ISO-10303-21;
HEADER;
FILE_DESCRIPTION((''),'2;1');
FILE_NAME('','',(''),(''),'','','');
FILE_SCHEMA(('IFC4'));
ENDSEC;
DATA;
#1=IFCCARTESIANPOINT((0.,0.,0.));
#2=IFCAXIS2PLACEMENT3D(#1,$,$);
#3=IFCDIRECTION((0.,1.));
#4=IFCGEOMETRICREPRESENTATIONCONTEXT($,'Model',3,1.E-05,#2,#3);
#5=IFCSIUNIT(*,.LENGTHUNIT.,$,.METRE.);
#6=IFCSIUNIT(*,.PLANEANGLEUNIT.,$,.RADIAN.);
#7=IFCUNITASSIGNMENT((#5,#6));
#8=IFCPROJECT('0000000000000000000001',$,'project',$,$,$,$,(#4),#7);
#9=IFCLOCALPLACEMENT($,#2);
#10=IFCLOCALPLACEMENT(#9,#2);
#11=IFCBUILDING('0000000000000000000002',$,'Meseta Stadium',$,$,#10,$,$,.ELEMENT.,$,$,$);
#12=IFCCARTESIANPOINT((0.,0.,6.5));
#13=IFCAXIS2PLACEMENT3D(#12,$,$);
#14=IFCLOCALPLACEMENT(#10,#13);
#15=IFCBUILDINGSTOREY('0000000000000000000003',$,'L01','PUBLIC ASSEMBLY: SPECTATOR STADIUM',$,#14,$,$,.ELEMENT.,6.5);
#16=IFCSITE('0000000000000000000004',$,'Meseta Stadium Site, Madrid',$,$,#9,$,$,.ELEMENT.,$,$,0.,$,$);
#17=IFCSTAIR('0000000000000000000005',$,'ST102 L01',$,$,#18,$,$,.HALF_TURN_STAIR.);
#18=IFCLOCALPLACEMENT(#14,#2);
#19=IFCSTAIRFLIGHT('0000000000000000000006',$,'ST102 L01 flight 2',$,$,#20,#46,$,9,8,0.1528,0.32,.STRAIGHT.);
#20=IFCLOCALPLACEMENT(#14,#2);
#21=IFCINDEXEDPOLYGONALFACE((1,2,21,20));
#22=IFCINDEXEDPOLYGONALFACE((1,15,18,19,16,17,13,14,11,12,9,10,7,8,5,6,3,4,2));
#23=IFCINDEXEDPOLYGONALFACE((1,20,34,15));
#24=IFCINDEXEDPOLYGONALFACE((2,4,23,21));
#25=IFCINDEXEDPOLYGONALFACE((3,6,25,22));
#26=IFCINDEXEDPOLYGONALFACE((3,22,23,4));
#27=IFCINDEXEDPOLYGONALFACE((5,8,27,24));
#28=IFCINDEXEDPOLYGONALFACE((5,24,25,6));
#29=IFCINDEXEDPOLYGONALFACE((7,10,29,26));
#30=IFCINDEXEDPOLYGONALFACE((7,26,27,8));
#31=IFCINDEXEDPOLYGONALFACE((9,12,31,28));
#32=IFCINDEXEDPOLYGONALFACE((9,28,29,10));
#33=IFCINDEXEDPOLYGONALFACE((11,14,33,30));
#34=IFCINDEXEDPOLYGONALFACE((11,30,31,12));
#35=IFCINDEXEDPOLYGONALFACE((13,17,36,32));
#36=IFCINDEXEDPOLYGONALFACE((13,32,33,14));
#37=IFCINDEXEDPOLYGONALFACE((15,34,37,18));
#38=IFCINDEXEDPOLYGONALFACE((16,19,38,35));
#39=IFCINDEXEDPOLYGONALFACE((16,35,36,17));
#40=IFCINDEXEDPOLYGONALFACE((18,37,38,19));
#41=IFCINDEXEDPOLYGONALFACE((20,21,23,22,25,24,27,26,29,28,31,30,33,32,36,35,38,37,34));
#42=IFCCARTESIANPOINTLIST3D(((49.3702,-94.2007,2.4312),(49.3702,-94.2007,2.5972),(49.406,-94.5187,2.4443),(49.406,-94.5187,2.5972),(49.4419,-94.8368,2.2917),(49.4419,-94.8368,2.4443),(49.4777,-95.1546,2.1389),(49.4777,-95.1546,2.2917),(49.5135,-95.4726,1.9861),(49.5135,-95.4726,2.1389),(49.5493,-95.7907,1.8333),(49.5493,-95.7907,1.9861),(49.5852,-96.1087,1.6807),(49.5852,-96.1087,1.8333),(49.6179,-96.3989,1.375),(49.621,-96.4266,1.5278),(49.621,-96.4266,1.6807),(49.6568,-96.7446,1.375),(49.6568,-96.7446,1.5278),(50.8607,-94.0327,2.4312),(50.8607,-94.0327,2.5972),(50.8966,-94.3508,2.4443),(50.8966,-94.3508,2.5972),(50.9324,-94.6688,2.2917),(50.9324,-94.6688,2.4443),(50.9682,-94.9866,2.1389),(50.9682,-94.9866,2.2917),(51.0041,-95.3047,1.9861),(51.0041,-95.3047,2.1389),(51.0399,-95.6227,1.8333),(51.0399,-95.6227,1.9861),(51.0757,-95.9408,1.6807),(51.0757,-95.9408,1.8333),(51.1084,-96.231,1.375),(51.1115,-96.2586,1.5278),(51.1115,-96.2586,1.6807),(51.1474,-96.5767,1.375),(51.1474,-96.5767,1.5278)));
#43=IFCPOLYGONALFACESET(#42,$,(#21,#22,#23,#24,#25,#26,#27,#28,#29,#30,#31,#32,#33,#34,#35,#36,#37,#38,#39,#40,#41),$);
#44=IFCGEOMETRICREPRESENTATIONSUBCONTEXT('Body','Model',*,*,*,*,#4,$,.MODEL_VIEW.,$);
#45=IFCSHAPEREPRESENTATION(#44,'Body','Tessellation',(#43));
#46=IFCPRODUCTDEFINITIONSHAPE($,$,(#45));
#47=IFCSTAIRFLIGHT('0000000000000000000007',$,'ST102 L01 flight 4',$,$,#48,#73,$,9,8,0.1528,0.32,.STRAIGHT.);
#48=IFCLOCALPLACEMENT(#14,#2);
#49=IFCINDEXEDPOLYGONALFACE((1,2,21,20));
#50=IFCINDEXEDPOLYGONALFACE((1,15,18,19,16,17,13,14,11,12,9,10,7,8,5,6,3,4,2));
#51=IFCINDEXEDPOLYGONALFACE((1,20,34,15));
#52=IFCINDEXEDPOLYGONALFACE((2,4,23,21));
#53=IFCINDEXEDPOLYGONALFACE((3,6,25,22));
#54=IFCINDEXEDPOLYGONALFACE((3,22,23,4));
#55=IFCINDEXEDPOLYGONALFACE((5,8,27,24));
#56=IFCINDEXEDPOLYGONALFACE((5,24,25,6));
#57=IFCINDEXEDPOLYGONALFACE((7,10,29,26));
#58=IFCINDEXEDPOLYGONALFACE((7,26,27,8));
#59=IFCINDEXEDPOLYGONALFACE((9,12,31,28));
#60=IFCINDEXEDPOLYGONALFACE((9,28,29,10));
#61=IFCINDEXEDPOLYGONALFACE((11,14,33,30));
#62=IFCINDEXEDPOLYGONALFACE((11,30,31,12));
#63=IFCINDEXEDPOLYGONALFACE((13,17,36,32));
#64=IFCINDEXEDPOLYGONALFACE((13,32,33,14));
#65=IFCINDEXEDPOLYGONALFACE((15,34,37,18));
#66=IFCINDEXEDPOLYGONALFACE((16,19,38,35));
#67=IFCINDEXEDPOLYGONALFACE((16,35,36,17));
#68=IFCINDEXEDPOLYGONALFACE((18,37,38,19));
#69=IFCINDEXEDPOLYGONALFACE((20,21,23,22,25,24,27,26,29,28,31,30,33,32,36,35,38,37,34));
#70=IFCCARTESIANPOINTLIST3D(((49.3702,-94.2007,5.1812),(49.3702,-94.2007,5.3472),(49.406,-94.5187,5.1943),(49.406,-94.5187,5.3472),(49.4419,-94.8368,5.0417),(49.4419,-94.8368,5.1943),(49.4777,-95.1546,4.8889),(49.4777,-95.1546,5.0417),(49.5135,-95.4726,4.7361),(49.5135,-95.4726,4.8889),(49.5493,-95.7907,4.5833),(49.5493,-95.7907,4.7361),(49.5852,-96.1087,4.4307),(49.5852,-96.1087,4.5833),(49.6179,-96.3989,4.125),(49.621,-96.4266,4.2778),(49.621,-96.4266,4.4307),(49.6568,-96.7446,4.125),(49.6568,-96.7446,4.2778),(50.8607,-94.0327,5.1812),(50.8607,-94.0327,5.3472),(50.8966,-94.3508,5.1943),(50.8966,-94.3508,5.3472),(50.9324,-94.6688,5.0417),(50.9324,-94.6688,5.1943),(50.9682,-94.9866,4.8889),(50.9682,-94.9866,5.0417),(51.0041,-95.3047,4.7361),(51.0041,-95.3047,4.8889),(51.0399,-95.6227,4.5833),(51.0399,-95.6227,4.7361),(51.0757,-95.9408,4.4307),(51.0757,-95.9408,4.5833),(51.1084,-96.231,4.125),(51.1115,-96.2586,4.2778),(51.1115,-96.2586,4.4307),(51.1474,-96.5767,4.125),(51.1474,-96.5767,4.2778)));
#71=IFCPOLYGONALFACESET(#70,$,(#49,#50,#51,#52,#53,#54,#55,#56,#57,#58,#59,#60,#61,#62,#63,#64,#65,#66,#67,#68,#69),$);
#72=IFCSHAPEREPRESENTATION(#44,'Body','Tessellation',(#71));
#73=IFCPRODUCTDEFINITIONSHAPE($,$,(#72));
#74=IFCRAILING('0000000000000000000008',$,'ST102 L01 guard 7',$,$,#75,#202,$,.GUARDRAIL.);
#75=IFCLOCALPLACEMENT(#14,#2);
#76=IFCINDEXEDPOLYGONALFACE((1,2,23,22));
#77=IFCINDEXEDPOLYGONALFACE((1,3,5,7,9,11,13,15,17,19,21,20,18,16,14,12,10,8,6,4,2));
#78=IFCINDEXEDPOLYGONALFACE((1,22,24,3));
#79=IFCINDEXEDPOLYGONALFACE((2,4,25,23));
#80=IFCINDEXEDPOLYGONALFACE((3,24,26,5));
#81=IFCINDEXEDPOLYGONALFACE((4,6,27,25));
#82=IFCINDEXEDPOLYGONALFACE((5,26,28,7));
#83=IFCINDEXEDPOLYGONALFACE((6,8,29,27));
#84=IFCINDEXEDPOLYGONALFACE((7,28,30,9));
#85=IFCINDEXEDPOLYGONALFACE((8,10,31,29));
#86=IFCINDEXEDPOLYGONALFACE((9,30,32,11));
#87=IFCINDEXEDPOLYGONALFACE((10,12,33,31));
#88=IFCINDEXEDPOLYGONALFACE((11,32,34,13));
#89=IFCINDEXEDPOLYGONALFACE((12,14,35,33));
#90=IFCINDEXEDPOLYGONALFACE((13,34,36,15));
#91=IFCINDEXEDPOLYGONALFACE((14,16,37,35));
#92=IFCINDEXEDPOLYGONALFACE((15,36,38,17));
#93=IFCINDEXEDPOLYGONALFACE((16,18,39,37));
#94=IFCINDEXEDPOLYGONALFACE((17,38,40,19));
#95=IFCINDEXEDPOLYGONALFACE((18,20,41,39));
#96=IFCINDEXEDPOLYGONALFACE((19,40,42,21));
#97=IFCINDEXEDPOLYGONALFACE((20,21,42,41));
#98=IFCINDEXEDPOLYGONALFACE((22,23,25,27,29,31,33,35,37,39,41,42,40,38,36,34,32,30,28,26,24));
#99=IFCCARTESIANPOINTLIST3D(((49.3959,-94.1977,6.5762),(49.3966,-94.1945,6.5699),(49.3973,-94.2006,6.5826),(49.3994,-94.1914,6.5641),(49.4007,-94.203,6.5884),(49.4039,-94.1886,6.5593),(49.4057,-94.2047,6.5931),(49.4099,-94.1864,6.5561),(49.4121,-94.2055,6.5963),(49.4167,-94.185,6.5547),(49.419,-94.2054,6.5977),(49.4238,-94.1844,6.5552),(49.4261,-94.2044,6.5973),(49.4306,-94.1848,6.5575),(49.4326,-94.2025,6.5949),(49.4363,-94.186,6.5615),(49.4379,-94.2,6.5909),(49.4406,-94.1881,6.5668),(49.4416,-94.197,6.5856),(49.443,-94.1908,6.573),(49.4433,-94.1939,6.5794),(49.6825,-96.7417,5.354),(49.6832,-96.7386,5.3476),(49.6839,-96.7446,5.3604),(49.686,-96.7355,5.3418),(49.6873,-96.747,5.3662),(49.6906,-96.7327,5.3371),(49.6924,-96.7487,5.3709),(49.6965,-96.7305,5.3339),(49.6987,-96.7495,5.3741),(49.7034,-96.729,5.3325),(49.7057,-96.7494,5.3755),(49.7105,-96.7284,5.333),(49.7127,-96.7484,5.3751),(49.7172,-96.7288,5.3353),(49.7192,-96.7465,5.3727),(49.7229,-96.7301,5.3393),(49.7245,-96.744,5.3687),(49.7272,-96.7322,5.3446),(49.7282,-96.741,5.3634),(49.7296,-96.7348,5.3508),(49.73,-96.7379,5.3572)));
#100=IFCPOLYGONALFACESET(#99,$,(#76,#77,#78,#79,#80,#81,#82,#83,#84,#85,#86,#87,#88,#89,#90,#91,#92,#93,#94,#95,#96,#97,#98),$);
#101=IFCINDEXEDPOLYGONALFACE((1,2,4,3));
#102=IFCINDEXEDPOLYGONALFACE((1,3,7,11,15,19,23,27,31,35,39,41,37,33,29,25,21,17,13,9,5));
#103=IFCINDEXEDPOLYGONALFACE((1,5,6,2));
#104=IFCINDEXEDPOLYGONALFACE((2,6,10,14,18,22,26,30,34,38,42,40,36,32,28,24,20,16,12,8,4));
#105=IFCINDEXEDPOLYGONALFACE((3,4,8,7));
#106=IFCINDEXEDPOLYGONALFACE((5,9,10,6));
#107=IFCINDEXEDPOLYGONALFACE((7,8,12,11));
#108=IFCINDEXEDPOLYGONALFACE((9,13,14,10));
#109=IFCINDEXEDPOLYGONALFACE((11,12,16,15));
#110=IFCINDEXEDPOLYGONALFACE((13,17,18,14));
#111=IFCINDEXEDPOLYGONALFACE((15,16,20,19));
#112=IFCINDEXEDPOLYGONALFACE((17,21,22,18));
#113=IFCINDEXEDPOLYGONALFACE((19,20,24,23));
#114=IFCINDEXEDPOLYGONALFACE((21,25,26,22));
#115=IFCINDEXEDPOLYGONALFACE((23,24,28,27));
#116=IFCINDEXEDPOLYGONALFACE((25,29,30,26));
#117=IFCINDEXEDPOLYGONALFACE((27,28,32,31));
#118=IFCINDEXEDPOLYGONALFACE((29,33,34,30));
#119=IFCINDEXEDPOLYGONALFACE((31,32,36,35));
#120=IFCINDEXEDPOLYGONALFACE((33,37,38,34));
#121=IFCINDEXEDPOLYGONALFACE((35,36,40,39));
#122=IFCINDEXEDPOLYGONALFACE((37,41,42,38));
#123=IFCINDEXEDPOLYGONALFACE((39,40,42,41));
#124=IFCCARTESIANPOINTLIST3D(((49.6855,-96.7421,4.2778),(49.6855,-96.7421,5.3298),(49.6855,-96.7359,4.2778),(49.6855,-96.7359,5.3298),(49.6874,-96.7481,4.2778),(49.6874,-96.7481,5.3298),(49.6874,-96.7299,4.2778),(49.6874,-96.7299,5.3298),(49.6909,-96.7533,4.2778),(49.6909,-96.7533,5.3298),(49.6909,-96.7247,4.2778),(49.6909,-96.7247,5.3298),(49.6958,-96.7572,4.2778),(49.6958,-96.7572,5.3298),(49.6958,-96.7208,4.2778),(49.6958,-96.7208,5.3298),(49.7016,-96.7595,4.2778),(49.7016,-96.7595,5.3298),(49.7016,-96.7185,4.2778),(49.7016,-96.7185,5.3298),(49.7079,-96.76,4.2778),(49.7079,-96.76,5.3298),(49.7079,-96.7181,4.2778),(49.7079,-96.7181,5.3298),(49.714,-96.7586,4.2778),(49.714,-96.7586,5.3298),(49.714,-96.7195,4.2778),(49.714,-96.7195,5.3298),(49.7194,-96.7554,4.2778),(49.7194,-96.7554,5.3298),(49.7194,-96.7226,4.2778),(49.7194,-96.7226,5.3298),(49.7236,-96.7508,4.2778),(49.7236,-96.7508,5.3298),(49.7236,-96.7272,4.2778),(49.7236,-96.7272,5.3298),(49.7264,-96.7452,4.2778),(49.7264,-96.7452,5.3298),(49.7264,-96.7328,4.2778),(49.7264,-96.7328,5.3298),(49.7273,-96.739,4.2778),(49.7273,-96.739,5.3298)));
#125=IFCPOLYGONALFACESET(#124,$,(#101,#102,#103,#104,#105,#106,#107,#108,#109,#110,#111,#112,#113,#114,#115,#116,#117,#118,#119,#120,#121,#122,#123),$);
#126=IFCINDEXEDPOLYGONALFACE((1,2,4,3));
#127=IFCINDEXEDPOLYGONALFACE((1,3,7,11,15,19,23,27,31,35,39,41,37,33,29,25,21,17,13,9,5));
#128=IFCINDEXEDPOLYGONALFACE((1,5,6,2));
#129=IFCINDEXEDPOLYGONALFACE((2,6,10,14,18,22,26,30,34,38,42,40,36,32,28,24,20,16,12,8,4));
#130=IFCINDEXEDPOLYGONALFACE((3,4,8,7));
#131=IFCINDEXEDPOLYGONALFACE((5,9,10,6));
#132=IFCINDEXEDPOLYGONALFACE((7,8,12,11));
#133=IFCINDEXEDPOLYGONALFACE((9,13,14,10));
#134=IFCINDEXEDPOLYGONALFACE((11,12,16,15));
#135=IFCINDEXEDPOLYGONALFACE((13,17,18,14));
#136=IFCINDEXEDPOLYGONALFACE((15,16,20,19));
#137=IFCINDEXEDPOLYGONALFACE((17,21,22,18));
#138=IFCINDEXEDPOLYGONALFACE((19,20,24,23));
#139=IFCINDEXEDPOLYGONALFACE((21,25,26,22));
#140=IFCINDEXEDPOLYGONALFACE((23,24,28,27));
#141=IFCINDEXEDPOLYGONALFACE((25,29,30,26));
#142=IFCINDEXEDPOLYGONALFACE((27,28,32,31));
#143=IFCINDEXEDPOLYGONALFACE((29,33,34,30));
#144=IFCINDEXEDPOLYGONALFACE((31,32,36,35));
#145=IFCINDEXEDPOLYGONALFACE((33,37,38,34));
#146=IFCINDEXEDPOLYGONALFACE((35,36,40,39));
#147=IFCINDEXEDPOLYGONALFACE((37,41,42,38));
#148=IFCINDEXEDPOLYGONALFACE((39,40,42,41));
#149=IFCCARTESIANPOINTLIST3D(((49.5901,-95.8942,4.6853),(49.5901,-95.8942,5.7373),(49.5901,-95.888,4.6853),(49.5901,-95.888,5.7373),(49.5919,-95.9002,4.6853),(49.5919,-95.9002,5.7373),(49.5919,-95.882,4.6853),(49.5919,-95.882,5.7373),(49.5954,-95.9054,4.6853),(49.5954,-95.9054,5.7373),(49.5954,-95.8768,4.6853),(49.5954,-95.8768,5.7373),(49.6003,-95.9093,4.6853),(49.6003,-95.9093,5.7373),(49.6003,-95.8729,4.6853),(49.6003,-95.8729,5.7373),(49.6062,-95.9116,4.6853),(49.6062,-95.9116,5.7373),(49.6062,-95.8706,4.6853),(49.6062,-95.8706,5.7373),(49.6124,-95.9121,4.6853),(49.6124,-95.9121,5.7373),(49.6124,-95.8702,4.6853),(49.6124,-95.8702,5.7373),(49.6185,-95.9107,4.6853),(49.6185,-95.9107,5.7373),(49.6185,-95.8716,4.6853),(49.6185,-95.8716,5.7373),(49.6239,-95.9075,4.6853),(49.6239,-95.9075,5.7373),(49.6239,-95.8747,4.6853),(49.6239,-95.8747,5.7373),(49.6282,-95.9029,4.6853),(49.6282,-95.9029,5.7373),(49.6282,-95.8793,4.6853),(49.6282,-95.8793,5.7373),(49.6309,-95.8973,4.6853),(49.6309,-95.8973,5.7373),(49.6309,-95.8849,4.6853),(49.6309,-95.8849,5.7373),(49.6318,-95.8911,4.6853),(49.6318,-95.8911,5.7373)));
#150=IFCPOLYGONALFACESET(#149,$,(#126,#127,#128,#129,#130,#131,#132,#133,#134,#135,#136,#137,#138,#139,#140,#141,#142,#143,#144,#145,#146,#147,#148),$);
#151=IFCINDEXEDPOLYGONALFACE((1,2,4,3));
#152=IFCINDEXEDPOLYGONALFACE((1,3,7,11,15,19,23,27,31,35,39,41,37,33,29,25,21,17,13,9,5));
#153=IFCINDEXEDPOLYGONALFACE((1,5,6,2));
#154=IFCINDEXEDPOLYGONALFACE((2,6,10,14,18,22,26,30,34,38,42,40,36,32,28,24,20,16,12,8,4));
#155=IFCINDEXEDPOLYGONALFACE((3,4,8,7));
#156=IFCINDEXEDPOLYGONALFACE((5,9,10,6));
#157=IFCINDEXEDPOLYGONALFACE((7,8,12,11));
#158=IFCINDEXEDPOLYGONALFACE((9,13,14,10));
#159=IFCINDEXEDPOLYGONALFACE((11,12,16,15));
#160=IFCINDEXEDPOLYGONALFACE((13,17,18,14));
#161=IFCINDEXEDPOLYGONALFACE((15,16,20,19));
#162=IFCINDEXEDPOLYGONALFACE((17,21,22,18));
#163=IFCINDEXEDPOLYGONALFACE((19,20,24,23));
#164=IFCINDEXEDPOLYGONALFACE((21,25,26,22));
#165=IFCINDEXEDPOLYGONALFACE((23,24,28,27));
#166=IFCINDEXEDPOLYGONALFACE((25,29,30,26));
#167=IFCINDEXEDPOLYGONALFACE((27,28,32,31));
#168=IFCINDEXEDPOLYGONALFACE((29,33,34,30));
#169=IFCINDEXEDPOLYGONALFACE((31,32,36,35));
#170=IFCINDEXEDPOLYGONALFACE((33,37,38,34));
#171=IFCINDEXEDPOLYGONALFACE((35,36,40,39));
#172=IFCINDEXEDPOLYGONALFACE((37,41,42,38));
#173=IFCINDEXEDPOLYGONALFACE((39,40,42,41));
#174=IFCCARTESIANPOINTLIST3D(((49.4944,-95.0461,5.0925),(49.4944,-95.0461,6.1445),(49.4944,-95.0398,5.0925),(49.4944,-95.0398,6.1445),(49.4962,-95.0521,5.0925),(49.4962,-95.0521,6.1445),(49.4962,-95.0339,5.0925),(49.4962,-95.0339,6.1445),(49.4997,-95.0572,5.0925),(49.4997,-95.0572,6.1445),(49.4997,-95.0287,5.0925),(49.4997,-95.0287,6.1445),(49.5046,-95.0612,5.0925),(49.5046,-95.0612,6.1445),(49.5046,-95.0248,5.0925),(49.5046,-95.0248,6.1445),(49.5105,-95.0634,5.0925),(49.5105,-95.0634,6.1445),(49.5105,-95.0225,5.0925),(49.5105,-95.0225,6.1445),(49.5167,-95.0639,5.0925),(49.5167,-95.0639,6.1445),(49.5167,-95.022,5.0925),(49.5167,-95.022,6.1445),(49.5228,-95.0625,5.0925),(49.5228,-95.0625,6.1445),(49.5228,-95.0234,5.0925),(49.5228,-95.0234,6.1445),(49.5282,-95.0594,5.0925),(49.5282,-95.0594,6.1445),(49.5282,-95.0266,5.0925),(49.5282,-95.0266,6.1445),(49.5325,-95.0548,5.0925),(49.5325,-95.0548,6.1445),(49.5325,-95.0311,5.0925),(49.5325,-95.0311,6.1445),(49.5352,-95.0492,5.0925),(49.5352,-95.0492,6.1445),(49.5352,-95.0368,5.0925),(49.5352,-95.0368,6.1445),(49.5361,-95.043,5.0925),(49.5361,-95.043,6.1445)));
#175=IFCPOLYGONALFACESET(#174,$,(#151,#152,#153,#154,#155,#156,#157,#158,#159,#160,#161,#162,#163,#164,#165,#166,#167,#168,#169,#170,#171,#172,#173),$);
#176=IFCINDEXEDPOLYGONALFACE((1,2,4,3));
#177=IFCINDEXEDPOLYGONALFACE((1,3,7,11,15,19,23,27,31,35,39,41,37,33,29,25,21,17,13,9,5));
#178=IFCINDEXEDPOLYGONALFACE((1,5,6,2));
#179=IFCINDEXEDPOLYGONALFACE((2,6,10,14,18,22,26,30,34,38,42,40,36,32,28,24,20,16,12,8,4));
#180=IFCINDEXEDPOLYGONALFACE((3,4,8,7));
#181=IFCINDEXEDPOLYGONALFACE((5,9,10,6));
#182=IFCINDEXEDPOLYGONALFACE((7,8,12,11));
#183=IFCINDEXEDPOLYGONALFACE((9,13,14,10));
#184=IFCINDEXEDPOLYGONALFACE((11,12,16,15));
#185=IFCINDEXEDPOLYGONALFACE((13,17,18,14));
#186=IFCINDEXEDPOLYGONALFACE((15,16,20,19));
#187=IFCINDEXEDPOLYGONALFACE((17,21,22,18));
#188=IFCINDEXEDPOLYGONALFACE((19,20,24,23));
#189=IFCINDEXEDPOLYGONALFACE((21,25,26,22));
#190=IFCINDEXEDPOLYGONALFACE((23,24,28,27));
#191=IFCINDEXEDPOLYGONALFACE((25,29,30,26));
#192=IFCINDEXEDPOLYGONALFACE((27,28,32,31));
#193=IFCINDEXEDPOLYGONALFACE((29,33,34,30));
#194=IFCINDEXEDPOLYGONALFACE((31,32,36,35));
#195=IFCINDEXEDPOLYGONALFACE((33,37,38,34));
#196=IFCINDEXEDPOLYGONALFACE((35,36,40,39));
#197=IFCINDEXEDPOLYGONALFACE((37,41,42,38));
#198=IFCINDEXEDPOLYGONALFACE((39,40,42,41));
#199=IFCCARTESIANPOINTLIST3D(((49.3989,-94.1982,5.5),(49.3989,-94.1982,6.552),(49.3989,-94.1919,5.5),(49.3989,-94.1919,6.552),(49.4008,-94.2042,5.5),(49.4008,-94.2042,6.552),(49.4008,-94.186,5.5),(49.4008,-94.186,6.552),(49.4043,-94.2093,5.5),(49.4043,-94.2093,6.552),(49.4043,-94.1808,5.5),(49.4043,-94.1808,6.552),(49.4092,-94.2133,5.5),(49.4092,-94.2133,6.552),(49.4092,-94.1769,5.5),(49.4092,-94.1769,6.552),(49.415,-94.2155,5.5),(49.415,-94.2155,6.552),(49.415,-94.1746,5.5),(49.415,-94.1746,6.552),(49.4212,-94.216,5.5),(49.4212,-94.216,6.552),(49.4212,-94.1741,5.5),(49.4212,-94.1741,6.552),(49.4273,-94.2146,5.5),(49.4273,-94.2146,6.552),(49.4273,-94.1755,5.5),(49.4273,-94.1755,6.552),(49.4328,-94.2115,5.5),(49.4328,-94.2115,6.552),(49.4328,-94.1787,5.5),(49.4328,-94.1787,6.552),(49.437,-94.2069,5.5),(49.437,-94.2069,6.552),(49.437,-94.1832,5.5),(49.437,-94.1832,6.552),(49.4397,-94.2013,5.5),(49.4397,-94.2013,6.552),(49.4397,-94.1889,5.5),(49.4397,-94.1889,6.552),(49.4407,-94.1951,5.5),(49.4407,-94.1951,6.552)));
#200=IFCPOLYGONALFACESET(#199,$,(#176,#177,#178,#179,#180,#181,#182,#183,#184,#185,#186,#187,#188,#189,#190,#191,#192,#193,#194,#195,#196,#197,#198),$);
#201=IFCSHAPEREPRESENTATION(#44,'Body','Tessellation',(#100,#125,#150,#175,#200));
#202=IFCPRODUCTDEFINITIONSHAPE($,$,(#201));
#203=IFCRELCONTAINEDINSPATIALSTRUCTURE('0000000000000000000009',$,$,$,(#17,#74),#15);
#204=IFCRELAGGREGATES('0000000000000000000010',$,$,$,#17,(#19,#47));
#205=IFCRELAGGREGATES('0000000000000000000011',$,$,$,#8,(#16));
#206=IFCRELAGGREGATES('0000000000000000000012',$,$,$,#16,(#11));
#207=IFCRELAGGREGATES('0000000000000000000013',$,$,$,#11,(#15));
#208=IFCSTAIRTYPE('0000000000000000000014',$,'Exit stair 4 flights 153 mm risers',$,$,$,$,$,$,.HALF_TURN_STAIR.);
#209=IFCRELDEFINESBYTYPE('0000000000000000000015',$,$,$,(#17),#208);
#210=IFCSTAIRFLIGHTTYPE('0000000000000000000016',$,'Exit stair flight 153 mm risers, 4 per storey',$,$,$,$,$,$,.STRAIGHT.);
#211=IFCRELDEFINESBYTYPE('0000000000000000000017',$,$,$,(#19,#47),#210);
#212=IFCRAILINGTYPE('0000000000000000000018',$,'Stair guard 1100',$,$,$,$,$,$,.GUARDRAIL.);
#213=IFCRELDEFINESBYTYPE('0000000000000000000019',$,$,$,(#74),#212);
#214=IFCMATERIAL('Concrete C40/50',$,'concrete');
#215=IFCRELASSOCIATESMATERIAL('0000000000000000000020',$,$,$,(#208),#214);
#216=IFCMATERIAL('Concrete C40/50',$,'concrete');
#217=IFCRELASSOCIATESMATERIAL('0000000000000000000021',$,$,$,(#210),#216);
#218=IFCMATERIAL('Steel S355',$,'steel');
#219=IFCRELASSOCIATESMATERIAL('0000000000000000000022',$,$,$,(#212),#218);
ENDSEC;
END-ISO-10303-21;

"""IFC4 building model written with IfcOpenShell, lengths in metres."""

from ifc_helpers import new_model, si_unit, direction, frame, origin, origin_2d, place, context, subcontext, project, spatial, polyline, circle, outline, extrude, material, type_object, element, aggregate, save


model = new_model("IFC4")

# Units and contexts
model_context = context("Model", 3, precision=1e-05, world=origin(), true_north=direction((0.0, 1.0)))
body_context = subcontext(model_context, "Body", "Model", "MODEL_VIEW")
ifc_project = project(units=[si_unit("LENGTHUNIT", "METRE"), si_unit("PLANEANGLEUNIT", "RADIAN")], contexts=[model_context])

# Site, building, storey
site_placement = place(None, origin())
site = spatial("IfcSite", under=ifc_project, at=site_placement, Name="Meseta Stadium Site, Madrid", CompositionType="ELEMENT", RefElevation=0.0)
building_placement = place(site_placement, origin())
building = spatial("IfcBuilding", under=site, at=building_placement, Name="Meseta Stadium", CompositionType="ELEMENT")
storey_placement = place(building_placement, frame((0.0, 0.0, 6.5)))
storey = spatial("IfcBuildingStorey", under=building, at=storey_placement, Name="L01", Description="PUBLIC ASSEMBLY: SPECTATOR STADIUM", CompositionType="ELEMENT", Elevation=6.5)

# Stair, stair flights
ifc_material_1 = material(Name="Concrete C40/50", Category="concrete")
stair_type = type_object("IfcStairType", Name="Exit stair 4 flights 153 mm risers", PredefinedType="HALF_TURN_STAIR", material=ifc_material_1)
stair_placement = place(storey_placement, origin())
stair = element("IfcStair", 1, at=stair_placement, inside=storey, type_object=stair_type, Name="ST102 L01", PredefinedType="HALF_TURN_STAIR")
ifc_material_2 = material(Name="Concrete C40/50", Category="concrete")
stair_flight_type = type_object("IfcStairFlightType", Name="Exit stair flight 153 mm risers, 4 per storey", PredefinedType="STRAIGHT", material=ifc_material_2)
stair_flight_1_placement = place(storey_placement, frame((50.4021, -96.6606, 1.375), z_axis=(0.0, 0.0, 1.0), x_axis=(-0.111964, 0.993712, 0.0)))
stair_flight_1 = element("IfcStairFlight", 2, at=stair_flight_1_placement, type_object=stair_flight_type, Name="ST102 L01 flight 2", NumberOfRisers=9, NumberOfTreads=8, PredefinedType="STRAIGHT", RiserHeight=0.1528, TreadLength=0.32, context=body_context, shape_type="SweptSolid", body=[
    extrude(outline(polyline([(0.0, 0.0), (0.0, 0.1528), (0.3201, 0.1528), (0.3201, 0.3057), (0.6399, 0.3057), (0.6399, 0.4583), (0.96, 0.4583), (0.96, 0.6111), (1.28, 0.6111), (1.28, 0.7639), (1.6001, 0.7639), (1.6001, 0.9167), (1.9199, 0.9167), (1.9199, 1.0693), (2.24, 1.0693), (2.24, 1.2222), (2.5601, 1.2222), (2.5601, 1.0562), (0.3479, 0.0), (0.0, 0.0)])), frame((0.0, 0.75, 0.0), z_axis=(0.0, -1.0, 0.0), x_axis=(1.0, 0.0, 0.0)), (0.0, 0.0, 1.0), 1.5),
])
stair_flight_2_placement = place(storey_placement, frame((50.4021, -96.6606, 4.125), z_axis=(0.0, 0.0, 1.0), x_axis=(-0.111964, 0.993712, 0.0)))
stair_flight_2 = element("IfcStairFlight", 3, at=stair_flight_2_placement, type_object=stair_flight_type, Name="ST102 L01 flight 4", NumberOfRisers=9, NumberOfTreads=8, PredefinedType="STRAIGHT", RiserHeight=0.1528, TreadLength=0.32, context=body_context, shape_type="SweptSolid", body=[
    extrude(outline(polyline([(0.0, 0.0), (0.0, 0.1528), (0.3201, 0.1528), (0.3201, 0.3057), (0.6399, 0.3057), (0.6399, 0.4583), (0.96, 0.4583), (0.96, 0.6111), (1.28, 0.6111), (1.28, 0.7639), (1.6001, 0.7639), (1.6001, 0.9167), (1.9199, 0.9167), (1.9199, 1.0693), (2.24, 1.0693), (2.24, 1.2222), (2.5601, 1.2222), (2.5601, 1.0562), (0.3479, 0.0), (0.0, 0.0)])), frame((0.0, 0.75, 0.0), z_axis=(0.0, -1.0, 0.0), x_axis=(1.0, 0.0, 0.0)), (0.0, 0.0, 1.0), 1.5),
])
aggregate(stair, [stair_flight_1, stair_flight_2])

# Railing
ifc_material_3 = material(Name="Steel S355", Category="steel")
railing_type_1 = type_object("IfcRailingType", Name="Stair guard 1100", PredefinedType="GUARDRAIL", material=ifc_material_3)
railing_placement = place(storey_placement, frame((49.7063, -96.739, 4.2778)))
element("IfcRailing", 4, at=railing_placement, inside=storey, type_object=railing_type_1, Name="ST102 L01 guard 7", PredefinedType="GUARDRAIL", context=body_context, shape_type="SweptSolid", body=[
    extrude(circle(Radius=0.0239, at=origin_2d()), frame((0.0, 0.0, 1.0762), z_axis=(-0.101036, 0.896762, 0.430824), x_axis=(-0.993713, -0.11196, 0.0)), (0.0, 0.0, 1.0), 2.8369),
    extrude(circle(Radius=0.021, at=origin_2d()), origin(), (0.0, 0.0, 1.0), 1.052),
    extrude(circle(Radius=0.021, at=origin_2d()), frame((-0.0955, 0.8479, 0.4075)), (0.0, 0.0, 1.0), 1.052),
    extrude(circle(Radius=0.021, at=origin_2d()), frame((-0.1912, 1.696, 0.8147)), (0.0, 0.0, 1.0), 1.052),
    extrude(circle(Radius=0.021, at=origin_2d()), frame((-0.2866, 2.5439, 1.2222)), (0.0, 0.0, 1.0), 1.052),
])

save(model, "model.ifc")
